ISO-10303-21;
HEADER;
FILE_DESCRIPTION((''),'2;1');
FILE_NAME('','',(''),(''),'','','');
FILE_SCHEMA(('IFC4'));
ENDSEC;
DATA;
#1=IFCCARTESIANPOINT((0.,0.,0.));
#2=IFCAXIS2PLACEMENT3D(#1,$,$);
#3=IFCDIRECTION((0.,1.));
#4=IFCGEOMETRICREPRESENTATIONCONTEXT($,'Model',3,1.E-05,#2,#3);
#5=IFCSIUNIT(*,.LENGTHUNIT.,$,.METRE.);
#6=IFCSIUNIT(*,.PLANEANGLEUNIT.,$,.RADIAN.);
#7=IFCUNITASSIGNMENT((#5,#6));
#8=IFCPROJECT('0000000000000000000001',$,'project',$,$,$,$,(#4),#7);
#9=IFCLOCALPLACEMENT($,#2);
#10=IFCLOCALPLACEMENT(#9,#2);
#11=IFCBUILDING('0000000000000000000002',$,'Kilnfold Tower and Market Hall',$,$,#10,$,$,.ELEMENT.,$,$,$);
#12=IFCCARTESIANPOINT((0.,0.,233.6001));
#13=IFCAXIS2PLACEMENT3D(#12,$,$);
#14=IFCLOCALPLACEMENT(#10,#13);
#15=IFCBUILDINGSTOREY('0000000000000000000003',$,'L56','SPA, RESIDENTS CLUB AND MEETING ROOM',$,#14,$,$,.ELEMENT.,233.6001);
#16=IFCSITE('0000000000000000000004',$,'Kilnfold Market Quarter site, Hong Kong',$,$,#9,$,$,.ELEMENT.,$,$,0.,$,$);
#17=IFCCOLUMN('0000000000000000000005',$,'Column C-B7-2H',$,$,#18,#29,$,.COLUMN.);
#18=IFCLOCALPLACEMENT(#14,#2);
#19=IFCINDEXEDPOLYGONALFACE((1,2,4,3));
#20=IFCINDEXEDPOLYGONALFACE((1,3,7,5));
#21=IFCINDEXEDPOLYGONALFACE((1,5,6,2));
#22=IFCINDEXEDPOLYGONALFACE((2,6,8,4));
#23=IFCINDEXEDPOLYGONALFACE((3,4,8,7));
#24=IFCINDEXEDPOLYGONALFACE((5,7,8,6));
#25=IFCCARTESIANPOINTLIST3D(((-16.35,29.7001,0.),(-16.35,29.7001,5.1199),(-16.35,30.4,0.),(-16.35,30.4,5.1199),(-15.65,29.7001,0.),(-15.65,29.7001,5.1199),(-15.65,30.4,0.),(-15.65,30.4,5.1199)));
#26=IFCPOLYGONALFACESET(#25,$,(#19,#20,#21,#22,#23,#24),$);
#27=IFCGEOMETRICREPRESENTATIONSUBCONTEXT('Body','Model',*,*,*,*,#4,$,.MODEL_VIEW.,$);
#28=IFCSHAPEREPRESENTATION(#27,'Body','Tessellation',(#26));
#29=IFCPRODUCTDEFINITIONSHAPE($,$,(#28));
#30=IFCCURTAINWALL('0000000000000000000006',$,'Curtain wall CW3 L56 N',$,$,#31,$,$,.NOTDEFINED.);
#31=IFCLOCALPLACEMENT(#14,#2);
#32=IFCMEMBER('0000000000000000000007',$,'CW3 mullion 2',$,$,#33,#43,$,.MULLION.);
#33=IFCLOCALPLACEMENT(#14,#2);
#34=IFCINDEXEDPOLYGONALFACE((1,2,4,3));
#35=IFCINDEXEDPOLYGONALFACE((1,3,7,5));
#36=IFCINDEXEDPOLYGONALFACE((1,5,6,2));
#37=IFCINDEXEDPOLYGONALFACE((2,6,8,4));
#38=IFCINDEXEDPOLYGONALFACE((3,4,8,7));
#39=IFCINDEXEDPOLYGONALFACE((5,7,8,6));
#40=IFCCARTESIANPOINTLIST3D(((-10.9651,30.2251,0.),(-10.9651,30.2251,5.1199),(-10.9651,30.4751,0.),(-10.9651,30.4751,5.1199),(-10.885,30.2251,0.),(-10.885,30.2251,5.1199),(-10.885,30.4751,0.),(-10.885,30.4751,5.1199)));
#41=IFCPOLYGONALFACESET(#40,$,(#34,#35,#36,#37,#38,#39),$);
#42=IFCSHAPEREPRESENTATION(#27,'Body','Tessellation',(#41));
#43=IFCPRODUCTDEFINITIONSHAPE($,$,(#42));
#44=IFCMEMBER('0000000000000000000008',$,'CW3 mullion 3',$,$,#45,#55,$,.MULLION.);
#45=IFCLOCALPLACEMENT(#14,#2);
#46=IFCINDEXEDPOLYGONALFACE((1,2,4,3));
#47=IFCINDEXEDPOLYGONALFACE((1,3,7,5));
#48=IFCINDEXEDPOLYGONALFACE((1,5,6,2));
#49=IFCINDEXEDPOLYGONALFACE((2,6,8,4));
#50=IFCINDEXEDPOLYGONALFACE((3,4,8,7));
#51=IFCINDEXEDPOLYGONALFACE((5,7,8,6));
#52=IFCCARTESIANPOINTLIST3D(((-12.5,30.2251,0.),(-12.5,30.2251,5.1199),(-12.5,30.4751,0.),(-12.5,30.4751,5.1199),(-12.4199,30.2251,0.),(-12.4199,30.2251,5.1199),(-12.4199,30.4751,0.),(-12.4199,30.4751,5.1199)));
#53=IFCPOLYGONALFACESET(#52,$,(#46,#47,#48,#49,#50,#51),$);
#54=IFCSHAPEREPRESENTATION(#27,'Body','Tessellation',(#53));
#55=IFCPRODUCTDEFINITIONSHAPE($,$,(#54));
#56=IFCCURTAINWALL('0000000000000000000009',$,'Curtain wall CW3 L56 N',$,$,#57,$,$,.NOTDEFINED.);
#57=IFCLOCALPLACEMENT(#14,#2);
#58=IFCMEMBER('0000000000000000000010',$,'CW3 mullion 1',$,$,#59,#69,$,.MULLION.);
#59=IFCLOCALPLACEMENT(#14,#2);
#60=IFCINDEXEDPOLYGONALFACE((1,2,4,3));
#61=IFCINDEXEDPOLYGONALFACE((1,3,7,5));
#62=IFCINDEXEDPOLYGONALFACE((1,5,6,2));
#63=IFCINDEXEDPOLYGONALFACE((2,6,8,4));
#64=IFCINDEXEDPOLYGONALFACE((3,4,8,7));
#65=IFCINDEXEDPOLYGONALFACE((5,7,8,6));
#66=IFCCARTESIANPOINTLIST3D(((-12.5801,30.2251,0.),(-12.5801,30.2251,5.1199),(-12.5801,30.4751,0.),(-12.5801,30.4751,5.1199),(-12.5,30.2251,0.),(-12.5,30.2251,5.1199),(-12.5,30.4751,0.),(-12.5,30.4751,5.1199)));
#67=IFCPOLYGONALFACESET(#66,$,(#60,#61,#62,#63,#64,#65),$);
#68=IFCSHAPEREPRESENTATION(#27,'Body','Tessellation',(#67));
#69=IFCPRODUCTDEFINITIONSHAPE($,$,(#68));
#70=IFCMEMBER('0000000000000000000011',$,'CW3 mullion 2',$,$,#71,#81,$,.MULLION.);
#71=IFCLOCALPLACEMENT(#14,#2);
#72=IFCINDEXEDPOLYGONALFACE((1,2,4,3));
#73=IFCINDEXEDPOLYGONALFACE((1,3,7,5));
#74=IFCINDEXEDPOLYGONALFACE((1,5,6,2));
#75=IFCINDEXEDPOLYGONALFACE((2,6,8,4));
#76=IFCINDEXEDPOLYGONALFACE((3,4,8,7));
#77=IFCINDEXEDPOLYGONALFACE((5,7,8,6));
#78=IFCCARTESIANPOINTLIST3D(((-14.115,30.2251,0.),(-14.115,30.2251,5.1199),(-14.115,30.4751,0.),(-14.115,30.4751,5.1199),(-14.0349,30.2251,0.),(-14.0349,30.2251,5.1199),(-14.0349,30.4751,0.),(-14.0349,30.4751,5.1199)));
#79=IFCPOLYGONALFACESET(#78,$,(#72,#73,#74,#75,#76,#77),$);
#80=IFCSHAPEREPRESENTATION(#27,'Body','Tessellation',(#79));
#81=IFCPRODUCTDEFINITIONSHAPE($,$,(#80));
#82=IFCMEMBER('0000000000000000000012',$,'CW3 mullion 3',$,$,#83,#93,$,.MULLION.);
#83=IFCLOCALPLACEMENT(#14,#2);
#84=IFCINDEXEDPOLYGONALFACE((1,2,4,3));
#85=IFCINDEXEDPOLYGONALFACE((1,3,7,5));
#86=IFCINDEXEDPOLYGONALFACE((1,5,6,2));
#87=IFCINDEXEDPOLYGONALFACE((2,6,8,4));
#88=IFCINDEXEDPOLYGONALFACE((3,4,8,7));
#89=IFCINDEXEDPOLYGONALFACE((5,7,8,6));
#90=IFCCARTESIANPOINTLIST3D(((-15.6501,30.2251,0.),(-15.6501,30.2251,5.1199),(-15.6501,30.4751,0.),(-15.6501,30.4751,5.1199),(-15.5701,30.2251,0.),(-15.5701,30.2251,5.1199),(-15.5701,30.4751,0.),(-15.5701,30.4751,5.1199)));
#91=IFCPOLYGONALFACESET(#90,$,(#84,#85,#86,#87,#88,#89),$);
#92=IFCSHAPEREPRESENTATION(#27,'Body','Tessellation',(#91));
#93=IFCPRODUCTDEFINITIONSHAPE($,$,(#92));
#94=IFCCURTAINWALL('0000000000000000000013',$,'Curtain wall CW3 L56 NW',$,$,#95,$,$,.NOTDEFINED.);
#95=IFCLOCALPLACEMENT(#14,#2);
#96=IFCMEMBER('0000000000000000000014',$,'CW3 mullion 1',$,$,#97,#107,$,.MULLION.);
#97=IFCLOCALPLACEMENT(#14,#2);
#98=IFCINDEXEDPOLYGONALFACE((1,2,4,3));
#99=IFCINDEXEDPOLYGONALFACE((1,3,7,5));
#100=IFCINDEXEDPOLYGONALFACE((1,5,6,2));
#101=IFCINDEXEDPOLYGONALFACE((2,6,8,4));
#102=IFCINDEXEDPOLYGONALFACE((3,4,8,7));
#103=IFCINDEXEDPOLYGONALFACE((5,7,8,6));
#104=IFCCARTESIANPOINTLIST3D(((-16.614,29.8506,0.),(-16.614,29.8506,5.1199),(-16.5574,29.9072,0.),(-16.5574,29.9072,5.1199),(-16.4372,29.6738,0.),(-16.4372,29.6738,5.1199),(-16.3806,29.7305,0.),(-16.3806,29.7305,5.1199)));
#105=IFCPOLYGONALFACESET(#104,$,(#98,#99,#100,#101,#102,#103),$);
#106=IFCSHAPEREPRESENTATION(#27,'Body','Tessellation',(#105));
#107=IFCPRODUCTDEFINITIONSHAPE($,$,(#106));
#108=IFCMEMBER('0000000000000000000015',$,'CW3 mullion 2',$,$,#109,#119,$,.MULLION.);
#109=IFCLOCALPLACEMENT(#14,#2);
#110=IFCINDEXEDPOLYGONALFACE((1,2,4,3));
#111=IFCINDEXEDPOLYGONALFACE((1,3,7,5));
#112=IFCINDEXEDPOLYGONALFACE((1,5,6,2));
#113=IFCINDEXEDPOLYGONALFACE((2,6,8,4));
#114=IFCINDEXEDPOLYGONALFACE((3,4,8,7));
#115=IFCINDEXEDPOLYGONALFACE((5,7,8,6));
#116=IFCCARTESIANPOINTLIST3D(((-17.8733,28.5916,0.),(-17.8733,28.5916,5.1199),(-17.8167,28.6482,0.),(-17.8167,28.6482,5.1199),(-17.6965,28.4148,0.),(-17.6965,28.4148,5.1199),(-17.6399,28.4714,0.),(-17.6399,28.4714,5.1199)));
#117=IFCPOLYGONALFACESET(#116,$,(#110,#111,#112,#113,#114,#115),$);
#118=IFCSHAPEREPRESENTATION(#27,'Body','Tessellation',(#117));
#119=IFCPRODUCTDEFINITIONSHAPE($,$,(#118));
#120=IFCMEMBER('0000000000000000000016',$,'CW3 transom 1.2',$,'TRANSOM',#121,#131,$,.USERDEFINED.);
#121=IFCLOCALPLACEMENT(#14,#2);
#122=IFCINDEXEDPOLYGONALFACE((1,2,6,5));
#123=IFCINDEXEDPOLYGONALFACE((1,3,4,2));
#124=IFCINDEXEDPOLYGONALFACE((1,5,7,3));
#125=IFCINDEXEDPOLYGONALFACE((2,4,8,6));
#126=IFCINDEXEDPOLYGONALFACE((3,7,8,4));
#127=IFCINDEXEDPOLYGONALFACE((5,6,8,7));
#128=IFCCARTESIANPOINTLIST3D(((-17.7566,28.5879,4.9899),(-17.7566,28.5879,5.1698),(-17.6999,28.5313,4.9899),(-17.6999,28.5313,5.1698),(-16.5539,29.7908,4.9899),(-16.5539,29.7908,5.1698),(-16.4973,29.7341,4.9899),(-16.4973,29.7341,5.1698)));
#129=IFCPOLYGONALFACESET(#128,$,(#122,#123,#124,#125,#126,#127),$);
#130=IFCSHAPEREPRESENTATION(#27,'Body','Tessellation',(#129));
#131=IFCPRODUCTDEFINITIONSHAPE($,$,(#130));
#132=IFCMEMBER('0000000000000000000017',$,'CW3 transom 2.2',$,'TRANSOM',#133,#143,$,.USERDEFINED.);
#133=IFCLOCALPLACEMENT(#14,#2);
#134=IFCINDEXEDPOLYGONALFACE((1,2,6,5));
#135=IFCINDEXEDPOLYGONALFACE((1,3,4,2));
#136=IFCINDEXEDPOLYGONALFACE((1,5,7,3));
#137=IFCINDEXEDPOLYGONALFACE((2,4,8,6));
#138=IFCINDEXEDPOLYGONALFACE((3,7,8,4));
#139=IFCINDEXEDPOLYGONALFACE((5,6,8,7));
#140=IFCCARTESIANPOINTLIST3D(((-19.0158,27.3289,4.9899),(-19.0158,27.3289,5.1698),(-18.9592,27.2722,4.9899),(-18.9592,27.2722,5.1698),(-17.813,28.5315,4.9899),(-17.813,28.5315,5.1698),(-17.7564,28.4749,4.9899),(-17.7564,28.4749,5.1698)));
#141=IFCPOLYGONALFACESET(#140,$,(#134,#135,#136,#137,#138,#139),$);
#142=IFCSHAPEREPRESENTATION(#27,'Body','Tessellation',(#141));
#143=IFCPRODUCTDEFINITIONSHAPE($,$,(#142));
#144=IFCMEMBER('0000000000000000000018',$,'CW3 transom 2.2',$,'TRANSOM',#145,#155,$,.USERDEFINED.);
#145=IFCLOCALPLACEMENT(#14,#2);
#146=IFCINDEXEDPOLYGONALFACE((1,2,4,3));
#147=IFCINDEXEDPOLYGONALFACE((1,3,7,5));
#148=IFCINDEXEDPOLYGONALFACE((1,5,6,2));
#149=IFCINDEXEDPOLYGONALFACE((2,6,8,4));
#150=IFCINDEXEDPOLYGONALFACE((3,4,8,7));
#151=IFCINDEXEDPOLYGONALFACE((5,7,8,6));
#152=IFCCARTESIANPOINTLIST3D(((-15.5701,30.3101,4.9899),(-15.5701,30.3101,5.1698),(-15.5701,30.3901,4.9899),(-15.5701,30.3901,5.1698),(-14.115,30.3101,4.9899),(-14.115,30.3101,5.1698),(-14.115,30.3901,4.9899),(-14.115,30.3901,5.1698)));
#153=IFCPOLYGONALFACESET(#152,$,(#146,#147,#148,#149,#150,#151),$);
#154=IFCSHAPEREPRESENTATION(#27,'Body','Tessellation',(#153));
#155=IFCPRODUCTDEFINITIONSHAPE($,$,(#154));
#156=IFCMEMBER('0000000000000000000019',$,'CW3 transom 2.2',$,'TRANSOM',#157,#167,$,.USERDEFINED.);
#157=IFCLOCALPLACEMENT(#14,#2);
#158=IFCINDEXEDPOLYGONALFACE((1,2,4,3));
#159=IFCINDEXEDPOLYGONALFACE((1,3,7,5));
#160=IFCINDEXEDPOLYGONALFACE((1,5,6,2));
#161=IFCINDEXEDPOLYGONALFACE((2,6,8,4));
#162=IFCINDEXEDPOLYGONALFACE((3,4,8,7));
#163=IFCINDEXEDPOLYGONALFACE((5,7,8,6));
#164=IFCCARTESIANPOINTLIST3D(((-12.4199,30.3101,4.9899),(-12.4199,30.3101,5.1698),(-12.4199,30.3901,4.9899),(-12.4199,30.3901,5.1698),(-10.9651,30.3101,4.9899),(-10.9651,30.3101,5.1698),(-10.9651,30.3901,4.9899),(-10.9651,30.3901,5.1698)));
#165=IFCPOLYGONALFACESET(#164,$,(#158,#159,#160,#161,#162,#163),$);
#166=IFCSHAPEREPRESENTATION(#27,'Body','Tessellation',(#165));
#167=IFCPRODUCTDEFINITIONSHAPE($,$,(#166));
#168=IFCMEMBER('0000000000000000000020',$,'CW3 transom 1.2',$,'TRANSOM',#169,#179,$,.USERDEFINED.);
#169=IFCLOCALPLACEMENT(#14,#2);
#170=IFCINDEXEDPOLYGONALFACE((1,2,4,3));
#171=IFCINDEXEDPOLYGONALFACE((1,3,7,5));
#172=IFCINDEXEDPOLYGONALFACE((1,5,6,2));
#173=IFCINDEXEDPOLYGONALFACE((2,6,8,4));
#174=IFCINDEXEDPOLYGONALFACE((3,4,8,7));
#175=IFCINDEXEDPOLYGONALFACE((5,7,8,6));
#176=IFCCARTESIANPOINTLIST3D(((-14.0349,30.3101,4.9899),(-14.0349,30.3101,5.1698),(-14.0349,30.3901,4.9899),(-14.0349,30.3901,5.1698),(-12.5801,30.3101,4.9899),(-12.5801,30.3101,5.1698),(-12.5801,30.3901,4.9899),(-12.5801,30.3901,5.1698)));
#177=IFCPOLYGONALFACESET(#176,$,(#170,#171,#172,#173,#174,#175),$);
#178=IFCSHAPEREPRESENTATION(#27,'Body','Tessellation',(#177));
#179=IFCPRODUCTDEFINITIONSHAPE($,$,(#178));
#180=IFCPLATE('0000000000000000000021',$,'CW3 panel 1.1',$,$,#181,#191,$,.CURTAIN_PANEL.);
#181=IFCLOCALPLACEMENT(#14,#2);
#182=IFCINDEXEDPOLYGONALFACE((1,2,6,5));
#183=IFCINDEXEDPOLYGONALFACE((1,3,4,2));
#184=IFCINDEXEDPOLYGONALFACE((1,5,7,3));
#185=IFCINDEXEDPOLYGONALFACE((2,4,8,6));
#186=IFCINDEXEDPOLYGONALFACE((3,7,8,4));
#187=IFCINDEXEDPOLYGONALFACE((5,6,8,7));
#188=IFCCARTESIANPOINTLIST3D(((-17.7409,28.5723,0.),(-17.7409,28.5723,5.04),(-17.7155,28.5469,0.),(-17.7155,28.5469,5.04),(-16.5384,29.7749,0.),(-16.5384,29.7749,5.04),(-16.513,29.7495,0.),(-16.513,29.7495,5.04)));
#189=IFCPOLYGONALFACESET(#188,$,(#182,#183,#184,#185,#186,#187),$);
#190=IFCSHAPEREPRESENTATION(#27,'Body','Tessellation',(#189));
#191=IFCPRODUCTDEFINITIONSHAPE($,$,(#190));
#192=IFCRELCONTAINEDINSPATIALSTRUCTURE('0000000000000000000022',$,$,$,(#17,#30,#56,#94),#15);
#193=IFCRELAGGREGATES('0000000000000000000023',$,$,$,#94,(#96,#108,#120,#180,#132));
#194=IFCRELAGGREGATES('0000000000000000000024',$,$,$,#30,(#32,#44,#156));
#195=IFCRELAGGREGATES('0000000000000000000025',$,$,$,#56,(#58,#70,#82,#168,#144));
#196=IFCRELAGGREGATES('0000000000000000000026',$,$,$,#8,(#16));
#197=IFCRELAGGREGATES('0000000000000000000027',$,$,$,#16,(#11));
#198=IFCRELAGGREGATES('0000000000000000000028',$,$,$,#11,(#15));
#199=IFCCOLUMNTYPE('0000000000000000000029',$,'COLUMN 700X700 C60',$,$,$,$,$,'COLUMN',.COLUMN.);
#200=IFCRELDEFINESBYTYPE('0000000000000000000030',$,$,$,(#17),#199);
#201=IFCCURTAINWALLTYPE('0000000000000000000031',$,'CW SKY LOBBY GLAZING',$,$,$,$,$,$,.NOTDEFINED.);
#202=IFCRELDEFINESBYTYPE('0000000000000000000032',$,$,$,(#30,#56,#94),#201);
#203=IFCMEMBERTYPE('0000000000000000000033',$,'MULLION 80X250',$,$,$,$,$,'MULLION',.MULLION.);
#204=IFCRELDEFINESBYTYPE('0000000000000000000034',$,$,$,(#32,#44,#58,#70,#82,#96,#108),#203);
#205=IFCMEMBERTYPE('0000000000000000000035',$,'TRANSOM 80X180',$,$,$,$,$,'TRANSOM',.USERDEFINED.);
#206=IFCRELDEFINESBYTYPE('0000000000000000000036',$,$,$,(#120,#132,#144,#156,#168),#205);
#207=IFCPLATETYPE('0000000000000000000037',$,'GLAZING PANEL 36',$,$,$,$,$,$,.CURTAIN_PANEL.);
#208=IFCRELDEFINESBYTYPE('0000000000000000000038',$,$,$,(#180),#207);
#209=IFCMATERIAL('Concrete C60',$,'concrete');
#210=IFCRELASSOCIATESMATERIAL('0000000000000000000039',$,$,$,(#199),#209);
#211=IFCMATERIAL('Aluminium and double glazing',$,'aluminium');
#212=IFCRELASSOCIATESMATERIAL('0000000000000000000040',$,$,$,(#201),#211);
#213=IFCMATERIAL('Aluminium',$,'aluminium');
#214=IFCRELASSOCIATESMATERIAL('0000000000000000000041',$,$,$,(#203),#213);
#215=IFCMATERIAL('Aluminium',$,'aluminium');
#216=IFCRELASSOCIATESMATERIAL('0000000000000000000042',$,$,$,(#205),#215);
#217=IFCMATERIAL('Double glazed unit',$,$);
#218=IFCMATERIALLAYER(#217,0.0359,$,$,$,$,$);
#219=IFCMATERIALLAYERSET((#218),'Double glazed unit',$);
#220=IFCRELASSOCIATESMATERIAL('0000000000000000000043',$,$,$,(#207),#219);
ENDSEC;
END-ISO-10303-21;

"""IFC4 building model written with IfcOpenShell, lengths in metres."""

from ifc_helpers import new_model, si_unit, direction, frame, origin, origin_2d, place, context, subcontext, project, spatial, rectangle, extrude, source, transform, mapped, material, layer, layer_set, material_profile, profile_set, type_object, element, aggregate, save


model = new_model("IFC4")

# Units and contexts
model_context = context("Model", 3, precision=1e-05, world=origin(), true_north=direction((0.0, 1.0)))
body_context = subcontext(model_context, "Body", "Model", "MODEL_VIEW")
ifc_project = project(units=[si_unit("LENGTHUNIT", "METRE"), si_unit("PLANEANGLEUNIT", "RADIAN")], contexts=[model_context])

# Site, building, storey
site_placement = place(None, origin())
site = spatial("IfcSite", under=ifc_project, at=site_placement, Name="Kilnfold Market Quarter site, Hong Kong", CompositionType="ELEMENT", RefElevation=0.0)
building_placement = place(site_placement, origin())
building = spatial("IfcBuilding", under=site, at=building_placement, Name="Kilnfold Tower and Market Hall", CompositionType="ELEMENT")
storey_placement = place(building_placement, frame((0.0, 0.0, 233.6001)))
storey = spatial("IfcBuildingStorey", under=building, at=storey_placement, Name="L56", Description="SPA, RESIDENTS CLUB AND MEETING ROOM", CompositionType="ELEMENT", Elevation=233.6001)

# Column
ifc_material_1 = material(Name="Concrete C60", Category="concrete")
ifc_material_profile_1 = material_profile(ifc_material_1, rectangle(XDim=0.7, YDim=0.7, at=origin_2d()), Name="RC 700x700")
ifc_profile_set_1 = profile_set([ifc_material_profile_1], Name="Concrete C60")
column_type = type_object("IfcColumnType", Name="COLUMN 700X700 C60", ElementType="COLUMN", PredefinedType="COLUMN", material=ifc_profile_set_1)
shared_shape_1 = source(origin(), body_context, "Body", "SweptSolid", [
    extrude(rectangle(XDim=0.7, YDim=0.7, at=origin_2d()), origin(), (0.0, 0.0, 1.0), 5.1199),
])
column_placement = place(storey_placement, frame((-16.0, 30.05, 0.0), z_axis=(0.0, 0.0, 1.0), x_axis=(1.0, 0.0, 0.0)))
element("IfcColumn", 1, at=column_placement, inside=storey, type_object=column_type, Name="Column C-B7-2H", PredefinedType="COLUMN", context=body_context, shape_type="MappedRepresentation", body=[
    mapped(shared_shape_1, transform((0.0, 0.0, 0.0))),
])

# Curtain walls, members
ifc_material_2 = material(Name="Aluminium and double glazing", Category="aluminium")
curtain_wall_type = type_object("IfcCurtainWallType", Name="CW SKY LOBBY GLAZING", PredefinedType="NOTDEFINED", material=ifc_material_2)
curtain_wall_1_placement = place(storey_placement, origin())
curtain_wall_1 = element("IfcCurtainWall", 2, at=curtain_wall_1_placement, inside=storey, type_object=curtain_wall_type, Name="Curtain wall CW3 L56 N", PredefinedType="NOTDEFINED")
ifc_material_3 = material(Name="Aluminium", Category="aluminium")
ifc_material_profile_2 = material_profile(ifc_material_3, rectangle(XDim=0.0801, YDim=0.25, at=origin_2d()), Name="MULLION 80x250")
ifc_profile_set_2 = profile_set([ifc_material_profile_2], Name="Aluminium")
member_type_1 = type_object("IfcMemberType", Name="MULLION 80X250", ElementType="MULLION", PredefinedType="MULLION", material=ifc_profile_set_2)
shared_shape_2 = source(origin(), body_context, "Body", "SweptSolid", [
    extrude(rectangle(XDim=0.0801, YDim=0.25, at=origin_2d()), origin(), (0.0, 0.0, 1.0), 5.1199),
])
member_1_placement = place(storey_placement, frame((-10.925, 30.3501, 0.0), z_axis=(0.0, 0.0, 1.0), x_axis=(-1.0, 0.0, 0.0)))
member_1 = element("IfcMember", 3, at=member_1_placement, type_object=member_type_1, Name="CW3 mullion 2", PredefinedType="MULLION", context=body_context, shape_type="MappedRepresentation", body=[
    mapped(shared_shape_2, transform((0.0, 0.0, 0.0))),
])
member_2_placement = place(storey_placement, frame((-12.46, 30.3501, 0.0), z_axis=(0.0, 0.0, 1.0), x_axis=(-1.0, 0.0, 0.0)))
member_2 = element("IfcMember", 4, at=member_2_placement, type_object=member_type_1, Name="CW3 mullion 3", PredefinedType="MULLION", context=body_context, shape_type="MappedRepresentation", body=[
    mapped(shared_shape_2, transform((0.0, 0.0, 0.0))),
])
curtain_wall_2_placement = place(storey_placement, origin())
curtain_wall_2 = element("IfcCurtainWall", 5, at=curtain_wall_2_placement, inside=storey, type_object=curtain_wall_type, Name="Curtain wall CW3 L56 N", PredefinedType="NOTDEFINED")
member_3_placement = place(storey_placement, frame((-12.54, 30.3501, 0.0), z_axis=(0.0, 0.0, 1.0), x_axis=(-1.0, 0.0, 0.0)))
member_3 = element("IfcMember", 6, at=member_3_placement, type_object=member_type_1, Name="CW3 mullion 1", PredefinedType="MULLION", context=body_context, shape_type="MappedRepresentation", body=[
    mapped(shared_shape_2, transform((0.0, 0.0, 0.0))),
])
member_4_placement = place(storey_placement, frame((-14.075, 30.3501, 0.0), z_axis=(0.0, 0.0, 1.0), x_axis=(-1.0, 0.0, 0.0)))
member_4 = element("IfcMember", 7, at=member_4_placement, type_object=member_type_1, Name="CW3 mullion 2", PredefinedType="MULLION", context=body_context, shape_type="MappedRepresentation", body=[
    mapped(shared_shape_2, transform((0.0, 0.0, 0.0))),
])
member_5_placement = place(storey_placement, frame((-15.6101, 30.3501, 0.0), z_axis=(0.0, 0.0, 1.0), x_axis=(-1.0, 0.0, 0.0)))
member_5 = element("IfcMember", 8, at=member_5_placement, type_object=member_type_1, Name="CW3 mullion 3", PredefinedType="MULLION", context=body_context, shape_type="MappedRepresentation", body=[
    mapped(shared_shape_2, transform((0.0, 0.0, 0.0))),
])
curtain_wall_3_placement = place(storey_placement, origin())
curtain_wall_3 = element("IfcCurtainWall", 9, at=curtain_wall_3_placement, inside=storey, type_object=curtain_wall_type, Name="Curtain wall CW3 L56 NW", PredefinedType="NOTDEFINED")
member_6_placement = place(storey_placement, frame((-16.4973, 29.7905, 0.0), z_axis=(0.0, 0.0, 1.0), x_axis=(-0.707107, -0.707107, 0.0)))
member_6 = element("IfcMember", 10, at=member_6_placement, type_object=member_type_1, Name="CW3 mullion 1", PredefinedType="MULLION", context=body_context, shape_type="MappedRepresentation", body=[
    mapped(shared_shape_2, transform((0.0, 0.0, 0.0))),
])
member_7_placement = place(storey_placement, frame((-17.7566, 28.5315, 0.0), z_axis=(0.0, 0.0, 1.0), x_axis=(-0.707107, -0.707107, 0.0)))
member_7 = element("IfcMember", 11, at=member_7_placement, type_object=member_type_1, Name="CW3 mullion 2", PredefinedType="MULLION", context=body_context, shape_type="MappedRepresentation", body=[
    mapped(shared_shape_2, transform((0.0, 0.0, 0.0))),
])
ifc_material_4 = material(Name="Aluminium", Category="aluminium")
ifc_material_profile_3 = material_profile(ifc_material_4, rectangle(XDim=0.0801, YDim=0.1799, at=origin_2d()), Name="TRANSOM 80x180")
ifc_profile_set_3 = profile_set([ifc_material_profile_3], Name="Aluminium")
member_type_2 = type_object("IfcMemberType", Name="TRANSOM 80X180", ElementType="TRANSOM", PredefinedType="USERDEFINED", material=ifc_profile_set_3)
shared_shape_3 = source(origin(), body_context, "Body", "SweptSolid", [
    extrude(rectangle(XDim=0.0801, YDim=0.1799, at=origin_2d()), origin(), (0.0, 0.0, 1.0), 1.7009),
])
member_8_placement = place(storey_placement, frame((-16.5256, 29.7625, 5.0798), z_axis=(-0.707035, -0.707179, 0.0), x_axis=(0.707179, -0.707035, 0.0)))
member_8 = element("IfcMember", 12, at=member_8_placement, type_object=member_type_2, Name="CW3 transom 1.2", ObjectType="TRANSOM", PredefinedType="USERDEFINED", context=body_context, shape_type="MappedRepresentation", body=[
    mapped(shared_shape_3, transform((0.0, 0.0, 0.0))),
])
member_9_placement = place(storey_placement, frame((-17.7847, 28.5032, 5.0798), z_axis=(-0.707179, -0.707035, 0.0), x_axis=(0.707035, -0.707179, 0.0)))
member_9 = element("IfcMember", 13, at=member_9_placement, type_object=member_type_2, Name="CW3 transom 2.2", ObjectType="TRANSOM", PredefinedType="USERDEFINED", context=body_context, shape_type="MappedRepresentation", body=[
    mapped(shared_shape_3, transform((0.0, 0.0, 0.0))),
])

# Members
shared_shape_4 = source(origin(), body_context, "Body", "SweptSolid", [
    extrude(rectangle(XDim=0.0801, YDim=0.1799, at=origin_2d()), origin(), (0.0, 0.0, 1.0), 1.4551),
])
member_10_placement = place(storey_placement, frame((-14.115, 30.3501, 5.0798), z_axis=(-1.0, 0.0, 0.0), x_axis=(0.0, -1.0, 0.0)))
member_10 = element("IfcMember", 14, at=member_10_placement, type_object=member_type_2, Name="CW3 transom 2.2", ObjectType="TRANSOM", PredefinedType="USERDEFINED", context=body_context, shape_type="MappedRepresentation", body=[
    mapped(shared_shape_4, transform((0.0, 0.0, 0.0))),
])
shared_shape_5 = source(origin(), body_context, "Body", "SweptSolid", [
    extrude(rectangle(XDim=0.0801, YDim=0.1799, at=origin_2d()), origin(), (0.0, 0.0, 1.0), 1.4548),
])
member_11_placement = place(storey_placement, frame((-10.9651, 30.3501, 5.0798), z_axis=(-1.0, 0.0, 0.0), x_axis=(0.0, -1.0, 0.0)))
member_11 = element("IfcMember", 15, at=member_11_placement, type_object=member_type_2, Name="CW3 transom 2.2", ObjectType="TRANSOM", PredefinedType="USERDEFINED", context=body_context, shape_type="MappedRepresentation", body=[
    mapped(shared_shape_5, transform((0.0, 0.0, 0.0))),
])
member_12_placement = place(storey_placement, frame((-12.5801, 30.3501, 5.0798), z_axis=(-1.0, 0.0, 0.0), x_axis=(0.0, -1.0, 0.0)))
member_12 = element("IfcMember", 16, at=member_12_placement, type_object=member_type_2, Name="CW3 transom 1.2", ObjectType="TRANSOM", PredefinedType="USERDEFINED", context=body_context, shape_type="MappedRepresentation", body=[
    mapped(shared_shape_5, transform((0.0, 0.0, 0.0))),
])

# Plate
ifc_material_5 = material(Name="Double glazed unit")
ifc_layer = layer(ifc_material_5, 0.0359)
ifc_layer_set = layer_set([ifc_layer], Name="Double glazed unit")
plate_type = type_object("IfcPlateType", Name="GLAZING PANEL 36", PredefinedType="CURTAIN_PANEL", material=ifc_layer_set)
shared_shape_6 = source(origin(), body_context, "Body", "SweptSolid", [
    extrude(rectangle(XDim=1.7007, YDim=0.0359, at=origin_2d()), origin(), (0.0, 0.0, 1.0), 5.04),
])
plate_1_placement = place(storey_placement, frame((-17.127, 29.1609, 0.0), z_axis=(0.0, 0.0, 1.0), x_axis=(-0.707107, -0.707107, 0.0)))
plate_1 = element("IfcPlate", 17, at=plate_1_placement, type_object=plate_type, Name="CW3 panel 1.1", PredefinedType="CURTAIN_PANEL", context=body_context, shape_type="MappedRepresentation", body=[
    mapped(shared_shape_6, transform((0.0, 0.0, 0.0))),
])
aggregate(curtain_wall_3, [member_6, member_7, member_8, plate_1, member_9])
aggregate(curtain_wall_1, [member_1, member_2, member_11])
aggregate(curtain_wall_2, [member_3, member_4, member_5, member_12, member_10])

save(model, "model.ifc")
